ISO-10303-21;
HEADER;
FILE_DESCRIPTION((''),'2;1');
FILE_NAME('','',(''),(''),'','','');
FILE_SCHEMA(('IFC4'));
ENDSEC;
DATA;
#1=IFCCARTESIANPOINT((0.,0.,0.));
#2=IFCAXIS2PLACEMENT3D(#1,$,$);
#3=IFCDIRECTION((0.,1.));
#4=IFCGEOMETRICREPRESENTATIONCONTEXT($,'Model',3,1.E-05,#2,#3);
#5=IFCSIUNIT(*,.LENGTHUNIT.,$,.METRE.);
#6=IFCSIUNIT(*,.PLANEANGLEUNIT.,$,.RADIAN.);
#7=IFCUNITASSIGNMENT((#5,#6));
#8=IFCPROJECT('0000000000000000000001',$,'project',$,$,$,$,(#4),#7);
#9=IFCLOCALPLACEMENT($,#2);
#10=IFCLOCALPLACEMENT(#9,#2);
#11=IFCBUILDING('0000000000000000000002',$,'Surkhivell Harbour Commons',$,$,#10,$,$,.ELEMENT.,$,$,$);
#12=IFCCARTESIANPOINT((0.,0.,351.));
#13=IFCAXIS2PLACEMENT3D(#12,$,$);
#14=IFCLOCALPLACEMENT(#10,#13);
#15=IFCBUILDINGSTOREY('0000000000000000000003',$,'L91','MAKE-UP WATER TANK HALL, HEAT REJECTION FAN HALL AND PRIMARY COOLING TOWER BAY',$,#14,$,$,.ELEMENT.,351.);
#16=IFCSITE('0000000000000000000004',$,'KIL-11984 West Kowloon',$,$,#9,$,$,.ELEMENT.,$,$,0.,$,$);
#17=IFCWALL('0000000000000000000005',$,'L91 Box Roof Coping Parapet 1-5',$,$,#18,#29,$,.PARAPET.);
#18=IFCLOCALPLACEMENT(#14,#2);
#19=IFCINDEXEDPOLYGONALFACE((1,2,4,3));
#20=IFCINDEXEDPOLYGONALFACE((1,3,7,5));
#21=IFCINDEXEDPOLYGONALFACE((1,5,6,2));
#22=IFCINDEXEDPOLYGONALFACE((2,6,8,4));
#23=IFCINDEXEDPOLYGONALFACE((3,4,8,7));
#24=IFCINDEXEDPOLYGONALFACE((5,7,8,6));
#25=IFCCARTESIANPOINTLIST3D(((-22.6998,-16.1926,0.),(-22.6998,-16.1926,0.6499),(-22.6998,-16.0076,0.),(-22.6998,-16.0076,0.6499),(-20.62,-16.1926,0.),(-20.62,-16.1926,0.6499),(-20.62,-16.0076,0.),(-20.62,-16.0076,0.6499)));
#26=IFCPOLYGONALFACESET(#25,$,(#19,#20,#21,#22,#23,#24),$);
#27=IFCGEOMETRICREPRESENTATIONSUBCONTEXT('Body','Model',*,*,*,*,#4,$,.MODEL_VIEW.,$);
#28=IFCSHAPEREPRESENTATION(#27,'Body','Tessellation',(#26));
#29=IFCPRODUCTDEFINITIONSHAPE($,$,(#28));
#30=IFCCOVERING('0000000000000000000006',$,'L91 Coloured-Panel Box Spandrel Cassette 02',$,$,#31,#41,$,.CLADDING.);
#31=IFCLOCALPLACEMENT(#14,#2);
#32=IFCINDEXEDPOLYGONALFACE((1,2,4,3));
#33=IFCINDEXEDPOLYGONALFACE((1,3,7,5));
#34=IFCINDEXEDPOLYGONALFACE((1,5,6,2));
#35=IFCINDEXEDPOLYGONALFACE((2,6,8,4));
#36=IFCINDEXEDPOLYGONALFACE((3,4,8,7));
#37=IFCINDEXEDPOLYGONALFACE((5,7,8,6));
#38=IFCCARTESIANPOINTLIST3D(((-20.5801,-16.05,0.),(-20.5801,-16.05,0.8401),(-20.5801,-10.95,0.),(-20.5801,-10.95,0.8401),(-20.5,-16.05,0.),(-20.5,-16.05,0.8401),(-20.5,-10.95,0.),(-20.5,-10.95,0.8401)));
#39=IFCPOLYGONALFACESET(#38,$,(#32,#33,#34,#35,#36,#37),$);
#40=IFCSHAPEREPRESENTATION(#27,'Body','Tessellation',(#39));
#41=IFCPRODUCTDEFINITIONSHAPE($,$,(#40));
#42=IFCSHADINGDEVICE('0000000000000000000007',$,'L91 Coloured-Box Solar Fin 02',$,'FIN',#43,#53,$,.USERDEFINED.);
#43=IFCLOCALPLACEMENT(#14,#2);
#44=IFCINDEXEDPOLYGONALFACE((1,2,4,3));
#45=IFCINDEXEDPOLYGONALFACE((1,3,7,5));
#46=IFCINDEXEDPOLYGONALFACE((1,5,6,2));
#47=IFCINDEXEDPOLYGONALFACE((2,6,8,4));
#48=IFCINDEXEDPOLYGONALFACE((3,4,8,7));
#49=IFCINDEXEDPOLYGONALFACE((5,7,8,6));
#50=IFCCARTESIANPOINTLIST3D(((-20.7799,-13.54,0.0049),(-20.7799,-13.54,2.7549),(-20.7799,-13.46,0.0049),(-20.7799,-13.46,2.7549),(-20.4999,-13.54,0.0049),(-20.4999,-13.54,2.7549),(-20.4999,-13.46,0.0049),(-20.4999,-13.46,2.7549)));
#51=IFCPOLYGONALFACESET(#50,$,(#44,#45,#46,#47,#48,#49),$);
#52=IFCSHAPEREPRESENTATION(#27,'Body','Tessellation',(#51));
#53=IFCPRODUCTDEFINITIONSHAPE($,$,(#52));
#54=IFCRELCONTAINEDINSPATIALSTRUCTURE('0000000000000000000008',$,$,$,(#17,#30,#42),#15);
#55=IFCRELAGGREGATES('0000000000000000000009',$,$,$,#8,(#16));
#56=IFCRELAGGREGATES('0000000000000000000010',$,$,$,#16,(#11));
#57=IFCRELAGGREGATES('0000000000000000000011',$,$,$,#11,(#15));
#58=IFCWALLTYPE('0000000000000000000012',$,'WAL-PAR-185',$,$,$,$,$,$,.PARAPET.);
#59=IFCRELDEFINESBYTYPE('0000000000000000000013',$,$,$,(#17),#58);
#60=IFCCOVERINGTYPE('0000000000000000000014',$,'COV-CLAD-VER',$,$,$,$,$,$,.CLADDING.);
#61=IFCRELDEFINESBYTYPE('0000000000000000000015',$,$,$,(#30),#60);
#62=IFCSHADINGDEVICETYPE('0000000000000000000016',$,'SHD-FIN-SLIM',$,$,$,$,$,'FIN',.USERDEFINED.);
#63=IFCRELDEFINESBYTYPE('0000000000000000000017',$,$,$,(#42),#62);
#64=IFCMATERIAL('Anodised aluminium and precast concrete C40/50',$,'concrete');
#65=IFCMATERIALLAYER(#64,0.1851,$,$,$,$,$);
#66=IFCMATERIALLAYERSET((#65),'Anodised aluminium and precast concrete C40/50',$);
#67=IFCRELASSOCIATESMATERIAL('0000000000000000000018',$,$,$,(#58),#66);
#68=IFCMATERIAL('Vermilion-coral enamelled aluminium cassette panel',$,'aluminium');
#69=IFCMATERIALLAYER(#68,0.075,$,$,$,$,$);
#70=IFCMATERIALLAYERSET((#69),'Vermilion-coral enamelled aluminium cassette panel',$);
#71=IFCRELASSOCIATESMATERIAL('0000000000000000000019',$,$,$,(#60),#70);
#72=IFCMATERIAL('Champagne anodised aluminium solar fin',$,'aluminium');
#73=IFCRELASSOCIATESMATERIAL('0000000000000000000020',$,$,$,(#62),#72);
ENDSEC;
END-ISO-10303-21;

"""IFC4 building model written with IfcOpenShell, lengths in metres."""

from ifc_helpers import new_model, si_unit, direction, frame, frame_2d, origin, origin_2d, place, context, subcontext, project, spatial, rectangle, extrude, material, layer, layer_set, type_object, element, save


model = new_model("IFC4")

# Units and contexts
model_context = context("Model", 3, precision=1e-05, world=origin(), true_north=direction((0.0, 1.0)))
body_context = subcontext(model_context, "Body", "Model", "MODEL_VIEW")
ifc_project = project(units=[si_unit("LENGTHUNIT", "METRE"), si_unit("PLANEANGLEUNIT", "RADIAN")], contexts=[model_context])

# Site, building, storey
site_placement = place(None, origin())
site = spatial("IfcSite", under=ifc_project, at=site_placement, Name="KIL-11984 West Kowloon", CompositionType="ELEMENT", RefElevation=0.0)
building_placement = place(site_placement, origin())
building = spatial("IfcBuilding", under=site, at=building_placement, Name="Surkhivell Harbour Commons", CompositionType="ELEMENT")
storey_placement = place(building_placement, frame((0.0, 0.0, 351.0)))
storey = spatial("IfcBuildingStorey", under=building, at=storey_placement, Name="L91", Description="MAKE-UP WATER TANK HALL, HEAT REJECTION FAN HALL AND PRIMARY COOLING TOWER BAY", CompositionType="ELEMENT", Elevation=351.0)

# Wall
ifc_material_1 = material(Name="Anodised aluminium and precast concrete C40/50", Category="concrete")
ifc_layer_1 = layer(ifc_material_1, 0.1851)
ifc_layer_set_1 = layer_set([ifc_layer_1], Name="Anodised aluminium and precast concrete C40/50")
wall_type_1 = type_object("IfcWallType", Name="WAL-PAR-185", PredefinedType="PARAPET", material=ifc_layer_set_1)
wall_1_placement = place(storey_placement, frame((-22.7, -16.1001, 0.0), z_axis=(0.0, 0.0, 1.0), x_axis=(1.0, 0.0, 0.0)))
element("IfcWall", 1, at=wall_1_placement, inside=storey, type_object=wall_type_1, Name="L91 Box Roof Coping Parapet 1-5", PredefinedType="PARAPET", context=body_context, shape_type="SweptSolid", body=[
    extrude(rectangle(XDim=2.0798, YDim=0.1851, at=frame_2d((1.04, 0.0))), origin(), (0.0, 0.0, 1.0), 0.6499),
])

# Covering
ifc_material_2 = material(Name="Vermilion-coral enamelled aluminium cassette panel", Category="aluminium")
ifc_layer_2 = layer(ifc_material_2, 0.075)
ifc_layer_set_2 = layer_set([ifc_layer_2], Name="Vermilion-coral enamelled aluminium cassette panel")
covering_type = type_object("IfcCoveringType", Name="COV-CLAD-VER", PredefinedType="CLADDING", material=ifc_layer_set_2)
covering_placement = place(storey_placement, frame((-20.54, -13.5, 0.0), z_axis=(0.0, 0.0, 1.0), x_axis=(1.0, 0.0, 0.0)))
element("IfcCovering", 2, at=covering_placement, inside=storey, type_object=covering_type, Name="L91 Coloured-Panel Box Spandrel Cassette 02", PredefinedType="CLADDING", context=body_context, shape_type="SweptSolid", body=[
    extrude(rectangle(XDim=0.0801, YDim=5.1001, at=origin_2d()), origin(), (0.0, 0.0, 1.0), 0.8401),
])

# Shading device
ifc_material_3 = material(Name="Champagne anodised aluminium solar fin", Category="aluminium")
shading_device_type = type_object("IfcShadingDeviceType", Name="SHD-FIN-SLIM", ElementType="FIN", PredefinedType="USERDEFINED", material=ifc_material_3)
shading_device_placement = place(storey_placement, frame((-20.6399, -13.5, 0.0049), z_axis=(0.0, 0.0, 1.0), x_axis=(1.0, 0.0, 0.0)))
element("IfcShadingDevice", 3, at=shading_device_placement, inside=storey, type_object=shading_device_type, Name="L91 Coloured-Box Solar Fin 02", ObjectType="FIN", PredefinedType="USERDEFINED", context=body_context, shape_type="SweptSolid", body=[
    extrude(rectangle(XDim=0.28, YDim=0.0801, at=origin_2d()), origin(), (0.0, 0.0, 1.0), 2.75),
])

save(model, "model.ifc")
